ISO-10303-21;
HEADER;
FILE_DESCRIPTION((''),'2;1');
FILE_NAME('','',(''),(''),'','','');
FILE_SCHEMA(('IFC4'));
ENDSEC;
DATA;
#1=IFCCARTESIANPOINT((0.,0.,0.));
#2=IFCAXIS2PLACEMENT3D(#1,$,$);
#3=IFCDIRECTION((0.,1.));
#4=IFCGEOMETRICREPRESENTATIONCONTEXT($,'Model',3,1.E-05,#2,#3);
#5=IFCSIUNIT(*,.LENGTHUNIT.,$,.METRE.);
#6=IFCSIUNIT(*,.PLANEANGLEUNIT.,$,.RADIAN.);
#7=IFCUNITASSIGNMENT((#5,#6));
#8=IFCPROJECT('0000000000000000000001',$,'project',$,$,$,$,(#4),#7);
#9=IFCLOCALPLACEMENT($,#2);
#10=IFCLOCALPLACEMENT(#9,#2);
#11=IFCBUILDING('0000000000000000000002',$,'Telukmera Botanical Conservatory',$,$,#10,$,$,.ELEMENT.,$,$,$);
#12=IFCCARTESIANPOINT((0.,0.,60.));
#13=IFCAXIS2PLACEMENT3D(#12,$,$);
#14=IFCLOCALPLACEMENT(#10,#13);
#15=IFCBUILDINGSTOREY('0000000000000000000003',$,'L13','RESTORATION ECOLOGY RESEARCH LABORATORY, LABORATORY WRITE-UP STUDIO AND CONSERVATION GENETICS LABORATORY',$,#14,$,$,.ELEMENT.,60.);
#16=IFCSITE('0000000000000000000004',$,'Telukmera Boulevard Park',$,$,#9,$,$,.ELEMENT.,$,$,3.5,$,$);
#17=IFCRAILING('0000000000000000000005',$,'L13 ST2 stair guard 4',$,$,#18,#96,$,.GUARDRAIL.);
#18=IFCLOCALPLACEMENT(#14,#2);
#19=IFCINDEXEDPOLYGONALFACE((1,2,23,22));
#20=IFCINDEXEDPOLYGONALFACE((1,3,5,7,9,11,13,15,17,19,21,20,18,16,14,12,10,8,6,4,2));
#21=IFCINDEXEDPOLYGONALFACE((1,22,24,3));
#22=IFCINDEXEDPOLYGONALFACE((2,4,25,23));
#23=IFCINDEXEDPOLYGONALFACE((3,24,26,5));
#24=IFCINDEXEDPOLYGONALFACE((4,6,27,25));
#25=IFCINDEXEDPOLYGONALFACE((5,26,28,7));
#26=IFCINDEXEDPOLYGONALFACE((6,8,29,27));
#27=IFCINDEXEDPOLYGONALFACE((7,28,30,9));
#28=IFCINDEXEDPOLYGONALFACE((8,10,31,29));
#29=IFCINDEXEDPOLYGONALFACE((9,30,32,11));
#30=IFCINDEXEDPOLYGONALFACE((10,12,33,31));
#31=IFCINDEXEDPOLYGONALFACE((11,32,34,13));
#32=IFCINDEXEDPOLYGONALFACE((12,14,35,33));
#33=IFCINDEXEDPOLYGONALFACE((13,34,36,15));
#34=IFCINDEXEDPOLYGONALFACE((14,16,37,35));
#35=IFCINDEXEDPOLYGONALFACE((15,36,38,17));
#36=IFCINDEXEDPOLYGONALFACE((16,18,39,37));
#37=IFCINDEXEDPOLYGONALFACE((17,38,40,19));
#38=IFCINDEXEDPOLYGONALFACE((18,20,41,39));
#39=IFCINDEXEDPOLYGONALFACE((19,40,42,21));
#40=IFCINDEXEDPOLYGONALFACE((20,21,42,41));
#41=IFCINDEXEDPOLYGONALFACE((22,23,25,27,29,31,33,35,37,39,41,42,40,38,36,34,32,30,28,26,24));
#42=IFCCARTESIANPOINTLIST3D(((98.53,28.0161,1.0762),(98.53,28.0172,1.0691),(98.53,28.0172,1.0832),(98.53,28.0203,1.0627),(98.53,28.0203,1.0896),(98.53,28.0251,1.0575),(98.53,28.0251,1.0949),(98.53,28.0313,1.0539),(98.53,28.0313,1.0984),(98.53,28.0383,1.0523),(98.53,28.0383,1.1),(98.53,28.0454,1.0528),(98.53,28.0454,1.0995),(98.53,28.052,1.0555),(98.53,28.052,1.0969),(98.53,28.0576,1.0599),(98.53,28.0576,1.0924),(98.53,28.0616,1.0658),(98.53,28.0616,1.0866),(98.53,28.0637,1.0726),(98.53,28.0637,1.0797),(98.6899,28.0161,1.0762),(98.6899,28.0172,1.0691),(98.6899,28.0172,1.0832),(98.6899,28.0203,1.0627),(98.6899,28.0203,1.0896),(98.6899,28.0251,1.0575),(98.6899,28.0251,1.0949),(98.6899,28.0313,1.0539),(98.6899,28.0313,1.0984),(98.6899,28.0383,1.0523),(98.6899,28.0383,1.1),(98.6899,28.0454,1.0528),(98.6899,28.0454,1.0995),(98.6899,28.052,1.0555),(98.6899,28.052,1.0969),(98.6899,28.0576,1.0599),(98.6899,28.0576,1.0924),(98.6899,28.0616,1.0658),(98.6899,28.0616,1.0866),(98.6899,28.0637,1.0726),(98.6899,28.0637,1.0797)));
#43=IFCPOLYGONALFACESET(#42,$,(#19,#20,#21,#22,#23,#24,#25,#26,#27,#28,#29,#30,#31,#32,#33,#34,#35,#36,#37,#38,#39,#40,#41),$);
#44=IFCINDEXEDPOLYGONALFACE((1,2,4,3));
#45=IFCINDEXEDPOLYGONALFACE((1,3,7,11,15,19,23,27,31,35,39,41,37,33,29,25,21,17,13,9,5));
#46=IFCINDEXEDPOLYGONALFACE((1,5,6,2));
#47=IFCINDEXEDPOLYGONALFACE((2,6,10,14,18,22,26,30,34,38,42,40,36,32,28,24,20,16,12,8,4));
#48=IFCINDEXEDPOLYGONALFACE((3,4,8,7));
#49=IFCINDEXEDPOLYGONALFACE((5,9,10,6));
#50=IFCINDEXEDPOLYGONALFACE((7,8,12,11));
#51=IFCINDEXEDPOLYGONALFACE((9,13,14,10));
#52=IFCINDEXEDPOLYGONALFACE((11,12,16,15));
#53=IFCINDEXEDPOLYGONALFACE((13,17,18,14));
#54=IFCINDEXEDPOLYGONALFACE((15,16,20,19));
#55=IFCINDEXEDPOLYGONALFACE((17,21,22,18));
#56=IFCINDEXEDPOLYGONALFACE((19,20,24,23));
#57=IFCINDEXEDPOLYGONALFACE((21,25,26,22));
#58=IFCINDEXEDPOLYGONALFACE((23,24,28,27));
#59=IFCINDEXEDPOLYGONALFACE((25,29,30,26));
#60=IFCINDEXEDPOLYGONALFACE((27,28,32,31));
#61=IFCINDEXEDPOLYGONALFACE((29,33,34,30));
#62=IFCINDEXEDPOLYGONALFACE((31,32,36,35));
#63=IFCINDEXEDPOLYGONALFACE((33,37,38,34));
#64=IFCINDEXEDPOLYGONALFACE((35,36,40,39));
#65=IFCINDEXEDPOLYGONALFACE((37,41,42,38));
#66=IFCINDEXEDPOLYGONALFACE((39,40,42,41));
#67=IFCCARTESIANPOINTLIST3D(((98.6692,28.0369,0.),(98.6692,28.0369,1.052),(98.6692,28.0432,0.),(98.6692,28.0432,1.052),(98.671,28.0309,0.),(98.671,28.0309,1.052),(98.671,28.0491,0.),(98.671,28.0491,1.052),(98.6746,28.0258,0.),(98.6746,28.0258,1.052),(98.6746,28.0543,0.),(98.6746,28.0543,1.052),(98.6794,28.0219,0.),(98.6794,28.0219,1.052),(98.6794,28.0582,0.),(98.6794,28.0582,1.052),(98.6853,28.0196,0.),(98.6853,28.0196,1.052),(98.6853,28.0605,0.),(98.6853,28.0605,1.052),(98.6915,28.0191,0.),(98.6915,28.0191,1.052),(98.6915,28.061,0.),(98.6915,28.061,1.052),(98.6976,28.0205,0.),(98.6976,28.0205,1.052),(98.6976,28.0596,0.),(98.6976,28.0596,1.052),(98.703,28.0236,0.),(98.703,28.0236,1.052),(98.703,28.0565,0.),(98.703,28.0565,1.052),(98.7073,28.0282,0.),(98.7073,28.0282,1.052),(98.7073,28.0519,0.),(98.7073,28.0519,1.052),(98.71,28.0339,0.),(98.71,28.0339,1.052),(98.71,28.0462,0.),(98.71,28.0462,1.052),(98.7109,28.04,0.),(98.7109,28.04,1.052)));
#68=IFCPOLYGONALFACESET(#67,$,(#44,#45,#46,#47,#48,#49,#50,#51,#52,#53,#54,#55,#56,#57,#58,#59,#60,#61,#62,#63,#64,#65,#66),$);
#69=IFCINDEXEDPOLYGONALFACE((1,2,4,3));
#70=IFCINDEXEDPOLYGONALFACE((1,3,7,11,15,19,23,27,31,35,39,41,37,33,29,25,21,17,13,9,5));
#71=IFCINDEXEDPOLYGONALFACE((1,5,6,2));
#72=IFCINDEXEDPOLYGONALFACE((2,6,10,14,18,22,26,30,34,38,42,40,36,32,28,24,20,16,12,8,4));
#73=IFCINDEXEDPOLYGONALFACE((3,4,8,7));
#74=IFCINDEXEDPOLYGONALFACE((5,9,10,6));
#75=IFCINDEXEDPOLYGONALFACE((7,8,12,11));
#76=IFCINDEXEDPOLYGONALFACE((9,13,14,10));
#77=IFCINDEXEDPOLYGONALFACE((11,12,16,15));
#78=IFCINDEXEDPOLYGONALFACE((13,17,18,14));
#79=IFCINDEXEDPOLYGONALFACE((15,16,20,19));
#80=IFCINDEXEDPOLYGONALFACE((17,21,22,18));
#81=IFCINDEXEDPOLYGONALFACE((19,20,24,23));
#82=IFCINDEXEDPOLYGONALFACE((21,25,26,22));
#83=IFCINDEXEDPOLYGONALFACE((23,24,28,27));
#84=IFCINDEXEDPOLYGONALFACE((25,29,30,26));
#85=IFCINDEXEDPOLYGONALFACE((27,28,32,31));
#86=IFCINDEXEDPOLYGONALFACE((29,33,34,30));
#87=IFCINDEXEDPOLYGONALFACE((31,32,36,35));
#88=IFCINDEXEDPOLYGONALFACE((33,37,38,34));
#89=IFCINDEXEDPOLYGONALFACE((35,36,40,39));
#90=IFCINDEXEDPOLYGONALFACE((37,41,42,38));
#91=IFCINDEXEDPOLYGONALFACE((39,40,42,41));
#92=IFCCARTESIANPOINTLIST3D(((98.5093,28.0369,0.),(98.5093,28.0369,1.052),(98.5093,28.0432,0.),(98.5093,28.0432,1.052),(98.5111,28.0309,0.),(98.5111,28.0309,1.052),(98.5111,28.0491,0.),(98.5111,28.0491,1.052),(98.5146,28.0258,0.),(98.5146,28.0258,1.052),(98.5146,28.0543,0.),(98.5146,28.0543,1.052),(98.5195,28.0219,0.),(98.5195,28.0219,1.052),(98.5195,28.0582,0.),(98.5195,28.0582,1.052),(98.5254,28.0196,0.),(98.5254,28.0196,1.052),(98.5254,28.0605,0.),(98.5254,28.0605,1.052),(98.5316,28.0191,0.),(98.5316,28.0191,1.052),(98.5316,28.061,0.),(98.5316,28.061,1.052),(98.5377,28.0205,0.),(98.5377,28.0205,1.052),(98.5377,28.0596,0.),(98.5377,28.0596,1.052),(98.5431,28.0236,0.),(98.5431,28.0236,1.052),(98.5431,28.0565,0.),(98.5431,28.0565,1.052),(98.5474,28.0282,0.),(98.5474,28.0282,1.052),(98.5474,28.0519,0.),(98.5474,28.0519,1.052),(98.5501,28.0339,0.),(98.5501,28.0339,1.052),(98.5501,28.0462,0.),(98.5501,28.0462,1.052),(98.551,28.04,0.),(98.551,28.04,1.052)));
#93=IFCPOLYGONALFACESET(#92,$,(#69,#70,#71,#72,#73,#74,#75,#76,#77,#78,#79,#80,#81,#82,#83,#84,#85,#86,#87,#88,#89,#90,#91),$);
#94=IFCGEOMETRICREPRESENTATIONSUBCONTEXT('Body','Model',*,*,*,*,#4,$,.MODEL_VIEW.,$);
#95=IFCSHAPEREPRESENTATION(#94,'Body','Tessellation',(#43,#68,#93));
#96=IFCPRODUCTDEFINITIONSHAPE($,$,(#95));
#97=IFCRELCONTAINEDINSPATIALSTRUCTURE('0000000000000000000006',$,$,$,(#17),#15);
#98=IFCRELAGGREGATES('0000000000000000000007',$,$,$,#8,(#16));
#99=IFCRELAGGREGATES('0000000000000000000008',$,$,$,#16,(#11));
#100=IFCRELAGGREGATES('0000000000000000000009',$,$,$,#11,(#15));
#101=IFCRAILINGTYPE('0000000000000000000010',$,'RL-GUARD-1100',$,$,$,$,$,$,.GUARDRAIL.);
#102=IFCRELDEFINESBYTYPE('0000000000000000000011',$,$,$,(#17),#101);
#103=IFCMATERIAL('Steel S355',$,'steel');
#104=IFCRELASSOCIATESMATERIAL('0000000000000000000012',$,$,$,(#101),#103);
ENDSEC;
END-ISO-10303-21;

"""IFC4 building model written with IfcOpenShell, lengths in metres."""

from ifc_helpers import new_model, si_unit, direction, frame, origin, origin_2d, place, context, subcontext, project, spatial, circle, extrude, material, type_object, element, save


model = new_model("IFC4")

# Units and contexts
model_context = context("Model", 3, precision=1e-05, world=origin(), true_north=direction((0.0, 1.0)))
body_context = subcontext(model_context, "Body", "Model", "MODEL_VIEW")
ifc_project = project(units=[si_unit("LENGTHUNIT", "METRE"), si_unit("PLANEANGLEUNIT", "RADIAN")], contexts=[model_context])

# Site, building, storey
site_placement = place(None, origin())
site = spatial("IfcSite", under=ifc_project, at=site_placement, Name="Telukmera Boulevard Park", CompositionType="ELEMENT", RefElevation=3.5)
building_placement = place(site_placement, origin())
building = spatial("IfcBuilding", under=site, at=building_placement, Name="Telukmera Botanical Conservatory", CompositionType="ELEMENT")
storey_placement = place(building_placement, frame((0.0, 0.0, 60.0)))
storey = spatial("IfcBuildingStorey", under=building, at=storey_placement, Name="L13", Description="RESTORATION ECOLOGY RESEARCH LABORATORY, LABORATORY WRITE-UP STUDIO AND CONSERVATION GENETICS LABORATORY", CompositionType="ELEMENT", Elevation=60.0)

# Railing
ifc_material_1 = material(Name="Steel S355", Category="steel")
railing_type_1 = type_object("IfcRailingType", Name="RL-GUARD-1100", PredefinedType="GUARDRAIL", material=ifc_material_1)
railing_1_placement = place(storey_placement, frame((98.6899, 28.04, 0.0)))
element("IfcRailing", 1, at=railing_1_placement, inside=storey, type_object=railing_type_1, Name="L13 ST2 stair guard 4", PredefinedType="GUARDRAIL", context=body_context, shape_type="SweptSolid", body=[
    extrude(circle(Radius=0.0239, at=origin_2d()), frame((0.0, 0.0, 1.0762), z_axis=(-1.0, 0.0, 0.0), x_axis=(0.0, -1.0, 0.0)), (0.0, 0.0, 1.0), 0.1599),
    extrude(circle(Radius=0.021, at=origin_2d()), origin(), (0.0, 0.0, 1.0), 1.052),
    extrude(circle(Radius=0.021, at=origin_2d()), frame((-0.1599, 0.0, 0.0)), (0.0, 0.0, 1.0), 1.052),
])

save(model, "model.ifc")
